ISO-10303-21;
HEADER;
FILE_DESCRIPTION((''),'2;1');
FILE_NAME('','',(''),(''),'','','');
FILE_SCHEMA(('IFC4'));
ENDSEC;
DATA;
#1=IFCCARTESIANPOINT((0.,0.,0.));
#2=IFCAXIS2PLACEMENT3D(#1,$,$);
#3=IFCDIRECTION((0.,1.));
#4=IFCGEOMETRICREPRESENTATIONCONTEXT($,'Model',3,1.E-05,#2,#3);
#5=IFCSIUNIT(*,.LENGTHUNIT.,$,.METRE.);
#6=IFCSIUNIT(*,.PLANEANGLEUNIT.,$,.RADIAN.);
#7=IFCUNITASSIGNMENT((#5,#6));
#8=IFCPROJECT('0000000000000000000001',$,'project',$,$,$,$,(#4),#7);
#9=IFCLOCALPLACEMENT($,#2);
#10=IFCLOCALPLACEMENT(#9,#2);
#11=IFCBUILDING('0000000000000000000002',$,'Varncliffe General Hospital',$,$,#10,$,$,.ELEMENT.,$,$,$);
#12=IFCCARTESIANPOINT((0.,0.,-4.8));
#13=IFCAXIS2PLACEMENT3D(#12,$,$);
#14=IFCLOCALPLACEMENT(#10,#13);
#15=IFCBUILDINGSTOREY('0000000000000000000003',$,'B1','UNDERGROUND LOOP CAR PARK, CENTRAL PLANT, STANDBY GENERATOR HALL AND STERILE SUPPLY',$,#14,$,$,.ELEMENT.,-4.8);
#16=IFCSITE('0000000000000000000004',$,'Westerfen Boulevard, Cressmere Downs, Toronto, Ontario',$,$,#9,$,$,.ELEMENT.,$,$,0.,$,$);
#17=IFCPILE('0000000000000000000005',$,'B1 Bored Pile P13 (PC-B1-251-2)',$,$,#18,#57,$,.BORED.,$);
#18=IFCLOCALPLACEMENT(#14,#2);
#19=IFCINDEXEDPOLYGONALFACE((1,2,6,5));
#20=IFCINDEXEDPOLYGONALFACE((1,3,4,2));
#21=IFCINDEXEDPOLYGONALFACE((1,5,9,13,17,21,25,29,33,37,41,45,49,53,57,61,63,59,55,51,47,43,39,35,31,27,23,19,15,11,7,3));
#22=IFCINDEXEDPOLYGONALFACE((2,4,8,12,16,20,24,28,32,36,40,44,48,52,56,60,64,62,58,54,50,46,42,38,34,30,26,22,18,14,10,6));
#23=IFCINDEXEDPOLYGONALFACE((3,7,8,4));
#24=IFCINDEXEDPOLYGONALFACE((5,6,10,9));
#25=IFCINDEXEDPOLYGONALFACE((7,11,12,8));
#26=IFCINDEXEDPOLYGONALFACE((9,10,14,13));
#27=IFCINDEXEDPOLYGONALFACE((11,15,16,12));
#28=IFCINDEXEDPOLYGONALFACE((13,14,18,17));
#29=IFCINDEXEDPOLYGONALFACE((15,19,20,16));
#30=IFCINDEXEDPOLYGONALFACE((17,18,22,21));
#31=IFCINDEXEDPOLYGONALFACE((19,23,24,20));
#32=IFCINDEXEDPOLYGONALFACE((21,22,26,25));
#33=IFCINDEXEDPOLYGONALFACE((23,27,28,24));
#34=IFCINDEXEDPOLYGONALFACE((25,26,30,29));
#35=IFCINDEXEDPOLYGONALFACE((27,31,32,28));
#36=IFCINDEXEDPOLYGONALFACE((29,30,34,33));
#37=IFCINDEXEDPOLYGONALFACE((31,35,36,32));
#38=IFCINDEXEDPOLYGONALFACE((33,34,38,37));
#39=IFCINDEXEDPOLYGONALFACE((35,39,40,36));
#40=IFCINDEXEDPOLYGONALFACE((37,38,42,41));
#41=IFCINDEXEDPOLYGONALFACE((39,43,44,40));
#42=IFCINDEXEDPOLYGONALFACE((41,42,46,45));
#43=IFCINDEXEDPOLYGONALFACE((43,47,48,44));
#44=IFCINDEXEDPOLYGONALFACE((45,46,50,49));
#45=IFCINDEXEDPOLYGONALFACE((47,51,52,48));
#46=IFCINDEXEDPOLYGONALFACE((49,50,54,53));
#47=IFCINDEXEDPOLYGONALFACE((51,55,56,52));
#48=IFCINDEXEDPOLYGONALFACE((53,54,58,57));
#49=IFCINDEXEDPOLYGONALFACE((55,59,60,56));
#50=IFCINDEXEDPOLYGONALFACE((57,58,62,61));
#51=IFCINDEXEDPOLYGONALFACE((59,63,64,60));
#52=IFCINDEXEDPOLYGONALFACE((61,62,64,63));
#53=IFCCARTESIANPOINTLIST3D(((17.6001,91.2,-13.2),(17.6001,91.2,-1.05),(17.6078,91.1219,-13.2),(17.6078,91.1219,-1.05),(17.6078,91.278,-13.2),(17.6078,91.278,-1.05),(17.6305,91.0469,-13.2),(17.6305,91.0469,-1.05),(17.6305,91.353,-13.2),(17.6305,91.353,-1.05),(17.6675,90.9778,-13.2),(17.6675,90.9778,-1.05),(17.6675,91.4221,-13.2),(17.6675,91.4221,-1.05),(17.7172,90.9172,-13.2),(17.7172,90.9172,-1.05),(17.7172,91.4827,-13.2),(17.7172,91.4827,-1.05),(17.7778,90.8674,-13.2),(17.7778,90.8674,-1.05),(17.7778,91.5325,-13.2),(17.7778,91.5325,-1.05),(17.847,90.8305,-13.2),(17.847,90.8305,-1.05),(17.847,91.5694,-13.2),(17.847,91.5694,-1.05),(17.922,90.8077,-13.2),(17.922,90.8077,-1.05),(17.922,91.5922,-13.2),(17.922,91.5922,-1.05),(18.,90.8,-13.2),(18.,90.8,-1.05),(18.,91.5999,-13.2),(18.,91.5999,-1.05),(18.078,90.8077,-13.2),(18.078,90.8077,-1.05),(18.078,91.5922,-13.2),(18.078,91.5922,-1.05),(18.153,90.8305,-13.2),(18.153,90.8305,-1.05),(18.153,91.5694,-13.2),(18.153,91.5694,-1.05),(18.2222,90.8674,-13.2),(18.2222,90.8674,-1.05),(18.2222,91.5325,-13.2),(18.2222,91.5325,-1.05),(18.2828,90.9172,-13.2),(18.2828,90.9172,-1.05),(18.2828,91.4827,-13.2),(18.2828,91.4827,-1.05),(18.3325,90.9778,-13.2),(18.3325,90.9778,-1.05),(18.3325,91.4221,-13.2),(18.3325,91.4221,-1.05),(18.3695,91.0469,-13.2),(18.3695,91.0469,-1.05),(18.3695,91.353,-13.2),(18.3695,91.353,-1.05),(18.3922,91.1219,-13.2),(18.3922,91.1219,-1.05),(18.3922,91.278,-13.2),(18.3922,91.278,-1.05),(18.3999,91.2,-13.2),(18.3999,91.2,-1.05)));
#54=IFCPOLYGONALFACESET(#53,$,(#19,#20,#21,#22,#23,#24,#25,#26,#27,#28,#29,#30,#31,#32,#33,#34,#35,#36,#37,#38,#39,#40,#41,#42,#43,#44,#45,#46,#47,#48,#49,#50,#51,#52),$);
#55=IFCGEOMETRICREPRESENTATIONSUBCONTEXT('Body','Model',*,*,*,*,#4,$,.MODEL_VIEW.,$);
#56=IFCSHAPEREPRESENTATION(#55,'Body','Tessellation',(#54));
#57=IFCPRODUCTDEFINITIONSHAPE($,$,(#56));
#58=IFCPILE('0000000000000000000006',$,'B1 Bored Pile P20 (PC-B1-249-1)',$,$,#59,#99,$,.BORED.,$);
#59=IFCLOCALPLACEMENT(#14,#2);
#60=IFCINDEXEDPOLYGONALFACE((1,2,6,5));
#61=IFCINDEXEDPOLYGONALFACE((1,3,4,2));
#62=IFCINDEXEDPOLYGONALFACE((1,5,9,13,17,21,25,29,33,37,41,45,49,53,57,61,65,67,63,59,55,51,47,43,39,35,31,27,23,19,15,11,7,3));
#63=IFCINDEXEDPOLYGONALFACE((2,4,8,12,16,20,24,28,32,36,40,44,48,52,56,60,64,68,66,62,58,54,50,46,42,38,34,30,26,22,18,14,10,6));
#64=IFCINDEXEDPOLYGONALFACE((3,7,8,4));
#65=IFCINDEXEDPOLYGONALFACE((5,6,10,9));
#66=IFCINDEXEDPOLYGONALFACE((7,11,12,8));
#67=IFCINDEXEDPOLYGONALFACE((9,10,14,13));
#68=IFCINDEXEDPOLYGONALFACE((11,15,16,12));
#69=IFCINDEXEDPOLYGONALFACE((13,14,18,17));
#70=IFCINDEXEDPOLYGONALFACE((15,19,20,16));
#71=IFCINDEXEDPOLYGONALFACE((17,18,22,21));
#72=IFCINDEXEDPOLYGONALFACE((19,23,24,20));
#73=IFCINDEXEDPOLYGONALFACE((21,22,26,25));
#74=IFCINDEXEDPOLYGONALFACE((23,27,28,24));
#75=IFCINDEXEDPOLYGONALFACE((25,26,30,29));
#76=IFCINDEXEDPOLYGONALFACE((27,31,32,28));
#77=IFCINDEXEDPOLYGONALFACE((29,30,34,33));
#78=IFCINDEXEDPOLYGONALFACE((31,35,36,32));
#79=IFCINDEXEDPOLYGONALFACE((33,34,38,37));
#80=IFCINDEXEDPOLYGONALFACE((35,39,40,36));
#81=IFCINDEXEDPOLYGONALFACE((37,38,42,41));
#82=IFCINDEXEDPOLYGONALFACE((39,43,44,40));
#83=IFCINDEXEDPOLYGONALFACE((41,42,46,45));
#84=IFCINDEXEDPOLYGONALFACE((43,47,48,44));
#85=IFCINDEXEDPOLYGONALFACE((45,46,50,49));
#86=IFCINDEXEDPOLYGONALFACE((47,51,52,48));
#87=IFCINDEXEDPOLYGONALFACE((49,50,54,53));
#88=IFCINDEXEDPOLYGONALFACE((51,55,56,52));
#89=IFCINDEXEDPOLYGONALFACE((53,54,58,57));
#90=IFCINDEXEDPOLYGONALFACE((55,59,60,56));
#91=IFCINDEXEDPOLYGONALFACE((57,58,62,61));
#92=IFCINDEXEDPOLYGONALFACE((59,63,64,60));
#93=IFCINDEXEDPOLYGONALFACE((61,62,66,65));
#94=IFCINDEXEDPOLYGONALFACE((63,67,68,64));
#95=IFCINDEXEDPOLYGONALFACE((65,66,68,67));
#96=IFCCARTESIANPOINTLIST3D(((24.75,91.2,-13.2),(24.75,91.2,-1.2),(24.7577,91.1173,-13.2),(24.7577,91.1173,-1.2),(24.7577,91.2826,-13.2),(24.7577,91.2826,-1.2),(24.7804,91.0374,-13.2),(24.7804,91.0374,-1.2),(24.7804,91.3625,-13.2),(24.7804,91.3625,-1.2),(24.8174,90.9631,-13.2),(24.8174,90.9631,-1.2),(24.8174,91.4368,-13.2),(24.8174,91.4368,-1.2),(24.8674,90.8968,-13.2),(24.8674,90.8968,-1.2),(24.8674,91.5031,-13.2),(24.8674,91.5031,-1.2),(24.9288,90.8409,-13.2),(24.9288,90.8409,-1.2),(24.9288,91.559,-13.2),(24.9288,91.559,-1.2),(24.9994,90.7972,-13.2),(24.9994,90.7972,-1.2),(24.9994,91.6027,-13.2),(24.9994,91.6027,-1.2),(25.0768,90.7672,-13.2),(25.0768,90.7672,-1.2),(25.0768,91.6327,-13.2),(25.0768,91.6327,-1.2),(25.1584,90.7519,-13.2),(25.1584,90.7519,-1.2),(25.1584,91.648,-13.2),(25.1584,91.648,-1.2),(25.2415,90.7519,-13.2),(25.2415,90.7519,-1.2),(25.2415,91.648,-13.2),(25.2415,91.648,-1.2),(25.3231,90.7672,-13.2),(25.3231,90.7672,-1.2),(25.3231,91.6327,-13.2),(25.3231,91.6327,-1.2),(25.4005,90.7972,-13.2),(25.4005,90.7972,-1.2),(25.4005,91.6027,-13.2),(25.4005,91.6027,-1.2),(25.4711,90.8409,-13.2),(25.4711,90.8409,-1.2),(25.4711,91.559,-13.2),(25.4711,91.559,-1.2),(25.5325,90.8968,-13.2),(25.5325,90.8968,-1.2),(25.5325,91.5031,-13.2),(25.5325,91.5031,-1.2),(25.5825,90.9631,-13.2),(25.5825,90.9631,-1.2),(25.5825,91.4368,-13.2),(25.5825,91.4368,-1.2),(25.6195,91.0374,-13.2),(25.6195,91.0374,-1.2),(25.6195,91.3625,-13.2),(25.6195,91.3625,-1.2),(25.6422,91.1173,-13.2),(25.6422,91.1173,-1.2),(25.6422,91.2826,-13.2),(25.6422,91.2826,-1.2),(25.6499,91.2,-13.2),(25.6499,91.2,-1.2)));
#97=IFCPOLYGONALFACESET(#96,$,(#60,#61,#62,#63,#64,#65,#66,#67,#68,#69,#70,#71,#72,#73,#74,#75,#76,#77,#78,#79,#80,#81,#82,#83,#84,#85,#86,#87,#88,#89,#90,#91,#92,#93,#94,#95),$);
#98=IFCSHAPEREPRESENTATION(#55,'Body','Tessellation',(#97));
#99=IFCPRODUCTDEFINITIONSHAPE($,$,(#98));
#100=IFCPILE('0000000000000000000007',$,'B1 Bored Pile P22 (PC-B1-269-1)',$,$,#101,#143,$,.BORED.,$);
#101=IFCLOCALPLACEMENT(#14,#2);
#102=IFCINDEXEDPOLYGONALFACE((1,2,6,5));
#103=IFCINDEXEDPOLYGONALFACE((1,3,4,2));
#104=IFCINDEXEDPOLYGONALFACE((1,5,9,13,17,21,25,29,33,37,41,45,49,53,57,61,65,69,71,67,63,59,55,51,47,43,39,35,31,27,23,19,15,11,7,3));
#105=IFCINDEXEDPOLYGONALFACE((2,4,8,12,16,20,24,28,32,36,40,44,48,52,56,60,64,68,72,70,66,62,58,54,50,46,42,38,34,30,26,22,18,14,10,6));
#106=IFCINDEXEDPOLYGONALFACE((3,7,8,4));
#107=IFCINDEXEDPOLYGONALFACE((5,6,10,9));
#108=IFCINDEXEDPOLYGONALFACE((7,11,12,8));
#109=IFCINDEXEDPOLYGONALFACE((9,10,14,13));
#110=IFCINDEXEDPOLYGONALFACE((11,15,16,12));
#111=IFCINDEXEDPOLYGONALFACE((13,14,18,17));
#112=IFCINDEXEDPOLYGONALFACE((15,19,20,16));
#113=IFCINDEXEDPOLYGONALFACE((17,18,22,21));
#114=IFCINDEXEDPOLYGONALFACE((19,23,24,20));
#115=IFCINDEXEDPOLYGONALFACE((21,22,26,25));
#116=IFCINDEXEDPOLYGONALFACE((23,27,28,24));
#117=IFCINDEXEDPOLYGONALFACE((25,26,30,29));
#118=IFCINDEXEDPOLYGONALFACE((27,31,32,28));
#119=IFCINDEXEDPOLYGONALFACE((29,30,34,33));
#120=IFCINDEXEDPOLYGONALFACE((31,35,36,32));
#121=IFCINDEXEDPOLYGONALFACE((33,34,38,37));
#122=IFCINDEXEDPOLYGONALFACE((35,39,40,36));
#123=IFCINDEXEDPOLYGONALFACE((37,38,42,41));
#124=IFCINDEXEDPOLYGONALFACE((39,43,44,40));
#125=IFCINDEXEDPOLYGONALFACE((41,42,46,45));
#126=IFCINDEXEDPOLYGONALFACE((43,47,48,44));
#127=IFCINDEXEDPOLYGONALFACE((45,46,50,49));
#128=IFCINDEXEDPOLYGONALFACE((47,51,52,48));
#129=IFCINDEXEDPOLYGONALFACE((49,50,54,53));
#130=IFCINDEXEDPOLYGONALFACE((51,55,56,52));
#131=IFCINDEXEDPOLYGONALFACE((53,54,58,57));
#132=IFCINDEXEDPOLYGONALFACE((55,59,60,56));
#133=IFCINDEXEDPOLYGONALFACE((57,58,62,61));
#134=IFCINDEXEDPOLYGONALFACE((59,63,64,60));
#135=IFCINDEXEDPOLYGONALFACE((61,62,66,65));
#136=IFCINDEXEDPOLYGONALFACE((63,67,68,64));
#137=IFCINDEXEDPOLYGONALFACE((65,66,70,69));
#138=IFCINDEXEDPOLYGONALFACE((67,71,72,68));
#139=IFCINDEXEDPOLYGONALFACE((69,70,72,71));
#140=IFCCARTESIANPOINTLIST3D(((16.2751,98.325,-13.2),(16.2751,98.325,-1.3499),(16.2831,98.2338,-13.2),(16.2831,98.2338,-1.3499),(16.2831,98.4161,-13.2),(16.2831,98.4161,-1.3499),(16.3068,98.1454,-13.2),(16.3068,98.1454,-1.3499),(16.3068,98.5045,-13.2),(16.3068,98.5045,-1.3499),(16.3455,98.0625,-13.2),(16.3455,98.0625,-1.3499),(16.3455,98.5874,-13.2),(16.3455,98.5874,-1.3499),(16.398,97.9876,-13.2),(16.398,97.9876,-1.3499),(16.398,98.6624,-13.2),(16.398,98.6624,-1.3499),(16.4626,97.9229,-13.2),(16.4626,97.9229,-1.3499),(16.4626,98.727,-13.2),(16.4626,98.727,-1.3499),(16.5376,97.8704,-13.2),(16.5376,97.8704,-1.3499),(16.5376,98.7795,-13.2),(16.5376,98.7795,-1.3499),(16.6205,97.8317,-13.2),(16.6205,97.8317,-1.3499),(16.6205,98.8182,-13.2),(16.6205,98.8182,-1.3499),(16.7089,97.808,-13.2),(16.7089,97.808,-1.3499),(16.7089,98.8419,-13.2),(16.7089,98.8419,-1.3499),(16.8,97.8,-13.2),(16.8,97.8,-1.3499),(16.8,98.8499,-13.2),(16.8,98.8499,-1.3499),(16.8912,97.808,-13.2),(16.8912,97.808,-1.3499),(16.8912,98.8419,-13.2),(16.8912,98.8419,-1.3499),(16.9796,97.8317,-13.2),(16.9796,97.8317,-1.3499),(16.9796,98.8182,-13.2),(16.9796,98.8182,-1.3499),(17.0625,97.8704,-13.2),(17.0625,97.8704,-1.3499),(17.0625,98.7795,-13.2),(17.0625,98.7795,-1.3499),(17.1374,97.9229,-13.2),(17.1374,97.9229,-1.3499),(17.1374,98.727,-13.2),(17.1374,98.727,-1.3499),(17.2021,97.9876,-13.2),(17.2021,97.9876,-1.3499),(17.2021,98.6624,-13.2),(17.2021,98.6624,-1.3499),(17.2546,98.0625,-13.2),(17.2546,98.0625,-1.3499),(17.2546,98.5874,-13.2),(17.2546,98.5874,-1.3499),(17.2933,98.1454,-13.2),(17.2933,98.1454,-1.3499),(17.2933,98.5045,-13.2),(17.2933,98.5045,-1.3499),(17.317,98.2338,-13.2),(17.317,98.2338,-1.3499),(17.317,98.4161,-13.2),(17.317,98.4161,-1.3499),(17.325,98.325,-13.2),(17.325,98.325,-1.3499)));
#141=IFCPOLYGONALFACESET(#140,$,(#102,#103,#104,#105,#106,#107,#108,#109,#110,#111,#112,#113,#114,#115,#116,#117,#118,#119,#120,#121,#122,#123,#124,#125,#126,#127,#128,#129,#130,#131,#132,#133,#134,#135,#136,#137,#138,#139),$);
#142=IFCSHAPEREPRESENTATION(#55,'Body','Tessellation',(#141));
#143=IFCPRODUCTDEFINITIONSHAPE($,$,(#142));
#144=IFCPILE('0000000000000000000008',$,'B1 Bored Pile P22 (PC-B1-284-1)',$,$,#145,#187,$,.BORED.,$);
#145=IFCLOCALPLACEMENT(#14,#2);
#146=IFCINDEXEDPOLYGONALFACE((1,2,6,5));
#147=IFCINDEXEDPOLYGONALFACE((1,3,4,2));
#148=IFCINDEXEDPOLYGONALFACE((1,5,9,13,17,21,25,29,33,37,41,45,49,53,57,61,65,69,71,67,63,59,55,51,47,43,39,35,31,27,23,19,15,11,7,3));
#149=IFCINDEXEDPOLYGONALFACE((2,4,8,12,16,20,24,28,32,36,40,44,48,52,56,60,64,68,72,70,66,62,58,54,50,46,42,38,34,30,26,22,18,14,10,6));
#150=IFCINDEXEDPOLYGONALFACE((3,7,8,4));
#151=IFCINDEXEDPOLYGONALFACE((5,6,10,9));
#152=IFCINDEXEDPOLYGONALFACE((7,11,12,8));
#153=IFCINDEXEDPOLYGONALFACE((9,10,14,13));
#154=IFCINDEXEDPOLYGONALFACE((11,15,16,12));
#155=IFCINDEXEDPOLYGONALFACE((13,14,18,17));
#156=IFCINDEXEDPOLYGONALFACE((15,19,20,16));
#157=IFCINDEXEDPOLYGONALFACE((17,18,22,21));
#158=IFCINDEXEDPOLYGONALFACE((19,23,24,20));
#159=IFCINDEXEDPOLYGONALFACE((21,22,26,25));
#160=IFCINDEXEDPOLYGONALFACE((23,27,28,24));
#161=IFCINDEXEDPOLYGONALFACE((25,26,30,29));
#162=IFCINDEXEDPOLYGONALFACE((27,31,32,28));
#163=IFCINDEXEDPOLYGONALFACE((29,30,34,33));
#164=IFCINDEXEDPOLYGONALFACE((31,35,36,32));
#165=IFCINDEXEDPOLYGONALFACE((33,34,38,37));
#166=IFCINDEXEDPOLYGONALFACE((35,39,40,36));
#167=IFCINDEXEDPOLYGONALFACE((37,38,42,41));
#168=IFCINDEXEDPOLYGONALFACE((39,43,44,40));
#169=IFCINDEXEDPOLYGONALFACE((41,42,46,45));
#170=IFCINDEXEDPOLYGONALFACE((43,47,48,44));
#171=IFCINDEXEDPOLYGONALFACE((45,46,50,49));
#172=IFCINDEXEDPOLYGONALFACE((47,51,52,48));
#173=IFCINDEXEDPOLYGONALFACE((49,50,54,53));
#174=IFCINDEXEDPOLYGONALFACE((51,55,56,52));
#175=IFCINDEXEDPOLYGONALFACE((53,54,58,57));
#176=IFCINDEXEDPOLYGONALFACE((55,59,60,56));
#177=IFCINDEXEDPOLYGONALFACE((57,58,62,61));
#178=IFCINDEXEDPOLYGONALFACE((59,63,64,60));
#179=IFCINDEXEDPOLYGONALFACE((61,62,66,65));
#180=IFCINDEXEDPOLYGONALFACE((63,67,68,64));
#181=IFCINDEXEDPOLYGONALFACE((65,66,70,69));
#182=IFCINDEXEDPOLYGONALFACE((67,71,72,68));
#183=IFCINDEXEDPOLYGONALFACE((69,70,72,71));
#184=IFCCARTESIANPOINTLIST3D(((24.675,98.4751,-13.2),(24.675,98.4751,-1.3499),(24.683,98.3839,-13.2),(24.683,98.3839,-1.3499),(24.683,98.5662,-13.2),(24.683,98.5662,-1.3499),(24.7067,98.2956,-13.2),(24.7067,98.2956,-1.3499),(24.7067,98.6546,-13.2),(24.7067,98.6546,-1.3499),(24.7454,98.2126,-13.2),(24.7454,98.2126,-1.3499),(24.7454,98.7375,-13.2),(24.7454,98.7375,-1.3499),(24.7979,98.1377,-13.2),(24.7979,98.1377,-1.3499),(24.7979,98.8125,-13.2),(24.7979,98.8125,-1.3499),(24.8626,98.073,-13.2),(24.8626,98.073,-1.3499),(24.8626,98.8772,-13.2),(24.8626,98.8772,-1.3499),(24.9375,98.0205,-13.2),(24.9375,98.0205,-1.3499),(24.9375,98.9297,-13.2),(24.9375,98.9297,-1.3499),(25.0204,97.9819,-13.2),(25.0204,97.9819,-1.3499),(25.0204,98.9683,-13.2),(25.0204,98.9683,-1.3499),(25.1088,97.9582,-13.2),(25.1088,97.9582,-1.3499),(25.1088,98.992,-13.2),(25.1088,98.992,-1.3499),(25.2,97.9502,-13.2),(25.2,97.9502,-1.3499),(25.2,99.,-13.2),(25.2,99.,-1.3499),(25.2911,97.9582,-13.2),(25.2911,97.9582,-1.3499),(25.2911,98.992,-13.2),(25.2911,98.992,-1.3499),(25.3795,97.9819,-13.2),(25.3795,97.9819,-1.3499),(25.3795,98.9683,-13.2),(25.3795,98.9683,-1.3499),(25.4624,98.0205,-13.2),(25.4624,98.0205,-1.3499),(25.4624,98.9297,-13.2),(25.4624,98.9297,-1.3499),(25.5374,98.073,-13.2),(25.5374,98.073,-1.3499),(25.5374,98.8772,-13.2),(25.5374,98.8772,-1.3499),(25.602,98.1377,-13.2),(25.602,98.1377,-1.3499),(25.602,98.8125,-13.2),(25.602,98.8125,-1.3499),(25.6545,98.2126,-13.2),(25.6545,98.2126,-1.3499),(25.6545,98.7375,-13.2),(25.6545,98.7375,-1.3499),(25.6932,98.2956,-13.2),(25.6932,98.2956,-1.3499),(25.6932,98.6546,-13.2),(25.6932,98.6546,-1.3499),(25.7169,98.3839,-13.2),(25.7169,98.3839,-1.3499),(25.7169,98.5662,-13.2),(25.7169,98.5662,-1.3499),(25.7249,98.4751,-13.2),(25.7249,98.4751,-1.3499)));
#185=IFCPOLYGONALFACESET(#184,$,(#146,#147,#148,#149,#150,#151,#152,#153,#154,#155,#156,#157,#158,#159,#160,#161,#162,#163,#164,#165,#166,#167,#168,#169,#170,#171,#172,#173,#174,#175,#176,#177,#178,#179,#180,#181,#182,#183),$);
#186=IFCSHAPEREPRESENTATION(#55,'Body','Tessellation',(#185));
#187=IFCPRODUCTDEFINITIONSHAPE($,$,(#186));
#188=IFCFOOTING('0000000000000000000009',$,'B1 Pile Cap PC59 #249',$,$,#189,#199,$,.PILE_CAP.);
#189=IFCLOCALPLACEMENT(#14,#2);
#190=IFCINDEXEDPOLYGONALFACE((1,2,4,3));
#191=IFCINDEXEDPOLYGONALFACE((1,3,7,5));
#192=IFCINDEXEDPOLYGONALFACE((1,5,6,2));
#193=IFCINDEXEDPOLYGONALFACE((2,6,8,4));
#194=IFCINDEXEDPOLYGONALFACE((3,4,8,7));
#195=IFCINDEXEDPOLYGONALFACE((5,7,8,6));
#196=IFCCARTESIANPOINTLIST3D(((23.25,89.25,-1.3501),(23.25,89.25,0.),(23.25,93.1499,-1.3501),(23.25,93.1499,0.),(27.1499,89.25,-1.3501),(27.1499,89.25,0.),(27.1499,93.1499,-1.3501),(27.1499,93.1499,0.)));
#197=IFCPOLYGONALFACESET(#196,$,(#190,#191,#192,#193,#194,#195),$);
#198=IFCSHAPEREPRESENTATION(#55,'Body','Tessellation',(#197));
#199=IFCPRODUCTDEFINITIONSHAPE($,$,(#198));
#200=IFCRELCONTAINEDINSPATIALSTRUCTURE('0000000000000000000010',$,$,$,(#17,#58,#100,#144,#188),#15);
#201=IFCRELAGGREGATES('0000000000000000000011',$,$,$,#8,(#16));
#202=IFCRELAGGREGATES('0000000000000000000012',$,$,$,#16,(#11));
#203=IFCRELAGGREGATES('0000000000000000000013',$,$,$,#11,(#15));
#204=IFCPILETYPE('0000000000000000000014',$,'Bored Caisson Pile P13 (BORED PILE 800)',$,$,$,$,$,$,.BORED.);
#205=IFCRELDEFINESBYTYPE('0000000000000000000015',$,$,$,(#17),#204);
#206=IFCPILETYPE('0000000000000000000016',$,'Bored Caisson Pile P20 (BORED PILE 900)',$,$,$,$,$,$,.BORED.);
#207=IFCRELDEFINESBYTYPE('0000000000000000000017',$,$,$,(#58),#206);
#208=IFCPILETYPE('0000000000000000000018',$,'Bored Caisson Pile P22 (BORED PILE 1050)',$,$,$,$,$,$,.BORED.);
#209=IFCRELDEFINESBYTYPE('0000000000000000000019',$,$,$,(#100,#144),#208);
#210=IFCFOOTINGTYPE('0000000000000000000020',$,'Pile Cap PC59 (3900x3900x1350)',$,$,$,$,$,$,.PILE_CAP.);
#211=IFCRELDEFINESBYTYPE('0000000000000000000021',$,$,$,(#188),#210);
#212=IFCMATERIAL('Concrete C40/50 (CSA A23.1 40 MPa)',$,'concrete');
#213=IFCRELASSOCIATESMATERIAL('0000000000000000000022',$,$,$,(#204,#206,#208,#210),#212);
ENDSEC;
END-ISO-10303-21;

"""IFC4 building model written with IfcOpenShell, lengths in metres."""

from ifc_helpers import new_model, si_unit, direction, frame, origin, origin_2d, place, context, subcontext, project, spatial, rectangle, circle, extrude, material, material_profile, profile_set, type_object, element, save


model = new_model("IFC4")

# Units and contexts
model_context = context("Model", 3, precision=1e-05, world=origin(), true_north=direction((0.0, 1.0)))
body_context = subcontext(model_context, "Body", "Model", "MODEL_VIEW")
ifc_project = project(units=[si_unit("LENGTHUNIT", "METRE"), si_unit("PLANEANGLEUNIT", "RADIAN")], contexts=[model_context])

# Site, building, storey
site_placement = place(None, origin())
site = spatial("IfcSite", under=ifc_project, at=site_placement, Name="Westerfen Boulevard, Cressmere Downs, Toronto, Ontario", CompositionType="ELEMENT", RefElevation=0.0)
building_placement = place(site_placement, origin())
building = spatial("IfcBuilding", under=site, at=building_placement, Name="Varncliffe General Hospital", CompositionType="ELEMENT")
storey_placement = place(building_placement, frame((0.0, 0.0, -4.8)))
storey = spatial("IfcBuildingStorey", under=building, at=storey_placement, Name="B1", Description="UNDERGROUND LOOP CAR PARK, CENTRAL PLANT, STANDBY GENERATOR HALL AND STERILE SUPPLY", CompositionType="ELEMENT", Elevation=-4.8)

# Piles
ifc_material_1 = material(Name="Concrete C40/50 (CSA A23.1 40 MPa)", Category="concrete")
ifc_material_profile_1 = material_profile(ifc_material_1, circle(Radius=0.3999, at=origin_2d()), Name="BORED PILE 800")
ifc_profile_set_1 = profile_set([ifc_material_profile_1], Name="Concrete C40/50 (CSA A23.1 40 MPa)")
pile_type_1 = type_object("IfcPileType", Name="Bored Caisson Pile P13 (BORED PILE 800)", PredefinedType="BORED", material=ifc_profile_set_1)
pile_1_placement = place(storey_placement, frame((18.0, 91.2, -1.05), z_axis=(0.0, 0.0, -1.0), x_axis=(1.0, 0.0, 0.0)))
element("IfcPile", 1, at=pile_1_placement, inside=storey, type_object=pile_type_1, Name="B1 Bored Pile P13 (PC-B1-251-2)", PredefinedType="BORED", context=body_context, shape_type="SweptSolid", body=[
    extrude(circle(Radius=0.3999, at=origin_2d()), origin(), (0.0, 0.0, 1.0), 12.1499),
])
ifc_material_profile_2 = material_profile(ifc_material_1, circle(Radius=0.45, at=origin_2d()), Name="BORED PILE 900")
ifc_profile_set_2 = profile_set([ifc_material_profile_2], Name="Concrete C40/50 (CSA A23.1 40 MPa)")
pile_type_2 = type_object("IfcPileType", Name="Bored Caisson Pile P20 (BORED PILE 900)", PredefinedType="BORED", material=ifc_profile_set_2)
pile_2_placement = place(storey_placement, frame((25.2, 91.2, -1.2), z_axis=(0.0, 0.0, -1.0), x_axis=(1.0, 0.0, 0.0)))
element("IfcPile", 2, at=pile_2_placement, inside=storey, type_object=pile_type_2, Name="B1 Bored Pile P20 (PC-B1-249-1)", PredefinedType="BORED", context=body_context, shape_type="SweptSolid", body=[
    extrude(circle(Radius=0.45, at=origin_2d()), origin(), (0.0, 0.0, 1.0), 12.0),
])
ifc_material_profile_3 = material_profile(ifc_material_1, circle(Radius=0.5249, at=origin_2d()), Name="BORED PILE 1050")
ifc_profile_set_3 = profile_set([ifc_material_profile_3], Name="Concrete C40/50 (CSA A23.1 40 MPa)")
pile_type_3 = type_object("IfcPileType", Name="Bored Caisson Pile P22 (BORED PILE 1050)", PredefinedType="BORED", material=ifc_profile_set_3)
for number, where, z_axis, x_axis, name in (
    (3, (16.8, 98.325, -1.3499), (0.0, 0.0, -1.0), (1.0, 0.0, 0.0), "B1 Bored Pile P22 (PC-B1-269-1)"),
    (4, (25.2, 98.4751, -1.3499), (0.0, 0.0, -1.0), (1.0, 0.0, 0.0), "B1 Bored Pile P22 (PC-B1-284-1)"),
):
    element("IfcPile", number, at=place(storey_placement, frame(where, z_axis=z_axis, x_axis=x_axis)), inside=storey, type_object=pile_type_3, Name=name, PredefinedType="BORED", context=body_context, shape_type="SweptSolid", body=[
        extrude(circle(Radius=0.5249, at=origin_2d()), origin(), (0.0, 0.0, 1.0), 11.8501),
    ])

# Footing
footing_type_1 = type_object("IfcFootingType", Name="Pile Cap PC59 (3900x3900x1350)", PredefinedType="PILE_CAP", material=ifc_material_1)
footing_1_placement = place(storey_placement, frame((25.2, 91.2, -1.3501), z_axis=(0.0, 0.0, 1.0), x_axis=(1.0, 0.0, 0.0)))
element("IfcFooting", 5, at=footing_1_placement, inside=storey, type_object=footing_type_1, Name="B1 Pile Cap PC59 #249", PredefinedType="PILE_CAP", context=body_context, shape_type="SweptSolid", body=[
    extrude(rectangle(XDim=3.8999, YDim=3.8999, at=origin_2d()), origin(), (0.0, 0.0, 1.0), 1.3501),
])

save(model, "model.ifc")
